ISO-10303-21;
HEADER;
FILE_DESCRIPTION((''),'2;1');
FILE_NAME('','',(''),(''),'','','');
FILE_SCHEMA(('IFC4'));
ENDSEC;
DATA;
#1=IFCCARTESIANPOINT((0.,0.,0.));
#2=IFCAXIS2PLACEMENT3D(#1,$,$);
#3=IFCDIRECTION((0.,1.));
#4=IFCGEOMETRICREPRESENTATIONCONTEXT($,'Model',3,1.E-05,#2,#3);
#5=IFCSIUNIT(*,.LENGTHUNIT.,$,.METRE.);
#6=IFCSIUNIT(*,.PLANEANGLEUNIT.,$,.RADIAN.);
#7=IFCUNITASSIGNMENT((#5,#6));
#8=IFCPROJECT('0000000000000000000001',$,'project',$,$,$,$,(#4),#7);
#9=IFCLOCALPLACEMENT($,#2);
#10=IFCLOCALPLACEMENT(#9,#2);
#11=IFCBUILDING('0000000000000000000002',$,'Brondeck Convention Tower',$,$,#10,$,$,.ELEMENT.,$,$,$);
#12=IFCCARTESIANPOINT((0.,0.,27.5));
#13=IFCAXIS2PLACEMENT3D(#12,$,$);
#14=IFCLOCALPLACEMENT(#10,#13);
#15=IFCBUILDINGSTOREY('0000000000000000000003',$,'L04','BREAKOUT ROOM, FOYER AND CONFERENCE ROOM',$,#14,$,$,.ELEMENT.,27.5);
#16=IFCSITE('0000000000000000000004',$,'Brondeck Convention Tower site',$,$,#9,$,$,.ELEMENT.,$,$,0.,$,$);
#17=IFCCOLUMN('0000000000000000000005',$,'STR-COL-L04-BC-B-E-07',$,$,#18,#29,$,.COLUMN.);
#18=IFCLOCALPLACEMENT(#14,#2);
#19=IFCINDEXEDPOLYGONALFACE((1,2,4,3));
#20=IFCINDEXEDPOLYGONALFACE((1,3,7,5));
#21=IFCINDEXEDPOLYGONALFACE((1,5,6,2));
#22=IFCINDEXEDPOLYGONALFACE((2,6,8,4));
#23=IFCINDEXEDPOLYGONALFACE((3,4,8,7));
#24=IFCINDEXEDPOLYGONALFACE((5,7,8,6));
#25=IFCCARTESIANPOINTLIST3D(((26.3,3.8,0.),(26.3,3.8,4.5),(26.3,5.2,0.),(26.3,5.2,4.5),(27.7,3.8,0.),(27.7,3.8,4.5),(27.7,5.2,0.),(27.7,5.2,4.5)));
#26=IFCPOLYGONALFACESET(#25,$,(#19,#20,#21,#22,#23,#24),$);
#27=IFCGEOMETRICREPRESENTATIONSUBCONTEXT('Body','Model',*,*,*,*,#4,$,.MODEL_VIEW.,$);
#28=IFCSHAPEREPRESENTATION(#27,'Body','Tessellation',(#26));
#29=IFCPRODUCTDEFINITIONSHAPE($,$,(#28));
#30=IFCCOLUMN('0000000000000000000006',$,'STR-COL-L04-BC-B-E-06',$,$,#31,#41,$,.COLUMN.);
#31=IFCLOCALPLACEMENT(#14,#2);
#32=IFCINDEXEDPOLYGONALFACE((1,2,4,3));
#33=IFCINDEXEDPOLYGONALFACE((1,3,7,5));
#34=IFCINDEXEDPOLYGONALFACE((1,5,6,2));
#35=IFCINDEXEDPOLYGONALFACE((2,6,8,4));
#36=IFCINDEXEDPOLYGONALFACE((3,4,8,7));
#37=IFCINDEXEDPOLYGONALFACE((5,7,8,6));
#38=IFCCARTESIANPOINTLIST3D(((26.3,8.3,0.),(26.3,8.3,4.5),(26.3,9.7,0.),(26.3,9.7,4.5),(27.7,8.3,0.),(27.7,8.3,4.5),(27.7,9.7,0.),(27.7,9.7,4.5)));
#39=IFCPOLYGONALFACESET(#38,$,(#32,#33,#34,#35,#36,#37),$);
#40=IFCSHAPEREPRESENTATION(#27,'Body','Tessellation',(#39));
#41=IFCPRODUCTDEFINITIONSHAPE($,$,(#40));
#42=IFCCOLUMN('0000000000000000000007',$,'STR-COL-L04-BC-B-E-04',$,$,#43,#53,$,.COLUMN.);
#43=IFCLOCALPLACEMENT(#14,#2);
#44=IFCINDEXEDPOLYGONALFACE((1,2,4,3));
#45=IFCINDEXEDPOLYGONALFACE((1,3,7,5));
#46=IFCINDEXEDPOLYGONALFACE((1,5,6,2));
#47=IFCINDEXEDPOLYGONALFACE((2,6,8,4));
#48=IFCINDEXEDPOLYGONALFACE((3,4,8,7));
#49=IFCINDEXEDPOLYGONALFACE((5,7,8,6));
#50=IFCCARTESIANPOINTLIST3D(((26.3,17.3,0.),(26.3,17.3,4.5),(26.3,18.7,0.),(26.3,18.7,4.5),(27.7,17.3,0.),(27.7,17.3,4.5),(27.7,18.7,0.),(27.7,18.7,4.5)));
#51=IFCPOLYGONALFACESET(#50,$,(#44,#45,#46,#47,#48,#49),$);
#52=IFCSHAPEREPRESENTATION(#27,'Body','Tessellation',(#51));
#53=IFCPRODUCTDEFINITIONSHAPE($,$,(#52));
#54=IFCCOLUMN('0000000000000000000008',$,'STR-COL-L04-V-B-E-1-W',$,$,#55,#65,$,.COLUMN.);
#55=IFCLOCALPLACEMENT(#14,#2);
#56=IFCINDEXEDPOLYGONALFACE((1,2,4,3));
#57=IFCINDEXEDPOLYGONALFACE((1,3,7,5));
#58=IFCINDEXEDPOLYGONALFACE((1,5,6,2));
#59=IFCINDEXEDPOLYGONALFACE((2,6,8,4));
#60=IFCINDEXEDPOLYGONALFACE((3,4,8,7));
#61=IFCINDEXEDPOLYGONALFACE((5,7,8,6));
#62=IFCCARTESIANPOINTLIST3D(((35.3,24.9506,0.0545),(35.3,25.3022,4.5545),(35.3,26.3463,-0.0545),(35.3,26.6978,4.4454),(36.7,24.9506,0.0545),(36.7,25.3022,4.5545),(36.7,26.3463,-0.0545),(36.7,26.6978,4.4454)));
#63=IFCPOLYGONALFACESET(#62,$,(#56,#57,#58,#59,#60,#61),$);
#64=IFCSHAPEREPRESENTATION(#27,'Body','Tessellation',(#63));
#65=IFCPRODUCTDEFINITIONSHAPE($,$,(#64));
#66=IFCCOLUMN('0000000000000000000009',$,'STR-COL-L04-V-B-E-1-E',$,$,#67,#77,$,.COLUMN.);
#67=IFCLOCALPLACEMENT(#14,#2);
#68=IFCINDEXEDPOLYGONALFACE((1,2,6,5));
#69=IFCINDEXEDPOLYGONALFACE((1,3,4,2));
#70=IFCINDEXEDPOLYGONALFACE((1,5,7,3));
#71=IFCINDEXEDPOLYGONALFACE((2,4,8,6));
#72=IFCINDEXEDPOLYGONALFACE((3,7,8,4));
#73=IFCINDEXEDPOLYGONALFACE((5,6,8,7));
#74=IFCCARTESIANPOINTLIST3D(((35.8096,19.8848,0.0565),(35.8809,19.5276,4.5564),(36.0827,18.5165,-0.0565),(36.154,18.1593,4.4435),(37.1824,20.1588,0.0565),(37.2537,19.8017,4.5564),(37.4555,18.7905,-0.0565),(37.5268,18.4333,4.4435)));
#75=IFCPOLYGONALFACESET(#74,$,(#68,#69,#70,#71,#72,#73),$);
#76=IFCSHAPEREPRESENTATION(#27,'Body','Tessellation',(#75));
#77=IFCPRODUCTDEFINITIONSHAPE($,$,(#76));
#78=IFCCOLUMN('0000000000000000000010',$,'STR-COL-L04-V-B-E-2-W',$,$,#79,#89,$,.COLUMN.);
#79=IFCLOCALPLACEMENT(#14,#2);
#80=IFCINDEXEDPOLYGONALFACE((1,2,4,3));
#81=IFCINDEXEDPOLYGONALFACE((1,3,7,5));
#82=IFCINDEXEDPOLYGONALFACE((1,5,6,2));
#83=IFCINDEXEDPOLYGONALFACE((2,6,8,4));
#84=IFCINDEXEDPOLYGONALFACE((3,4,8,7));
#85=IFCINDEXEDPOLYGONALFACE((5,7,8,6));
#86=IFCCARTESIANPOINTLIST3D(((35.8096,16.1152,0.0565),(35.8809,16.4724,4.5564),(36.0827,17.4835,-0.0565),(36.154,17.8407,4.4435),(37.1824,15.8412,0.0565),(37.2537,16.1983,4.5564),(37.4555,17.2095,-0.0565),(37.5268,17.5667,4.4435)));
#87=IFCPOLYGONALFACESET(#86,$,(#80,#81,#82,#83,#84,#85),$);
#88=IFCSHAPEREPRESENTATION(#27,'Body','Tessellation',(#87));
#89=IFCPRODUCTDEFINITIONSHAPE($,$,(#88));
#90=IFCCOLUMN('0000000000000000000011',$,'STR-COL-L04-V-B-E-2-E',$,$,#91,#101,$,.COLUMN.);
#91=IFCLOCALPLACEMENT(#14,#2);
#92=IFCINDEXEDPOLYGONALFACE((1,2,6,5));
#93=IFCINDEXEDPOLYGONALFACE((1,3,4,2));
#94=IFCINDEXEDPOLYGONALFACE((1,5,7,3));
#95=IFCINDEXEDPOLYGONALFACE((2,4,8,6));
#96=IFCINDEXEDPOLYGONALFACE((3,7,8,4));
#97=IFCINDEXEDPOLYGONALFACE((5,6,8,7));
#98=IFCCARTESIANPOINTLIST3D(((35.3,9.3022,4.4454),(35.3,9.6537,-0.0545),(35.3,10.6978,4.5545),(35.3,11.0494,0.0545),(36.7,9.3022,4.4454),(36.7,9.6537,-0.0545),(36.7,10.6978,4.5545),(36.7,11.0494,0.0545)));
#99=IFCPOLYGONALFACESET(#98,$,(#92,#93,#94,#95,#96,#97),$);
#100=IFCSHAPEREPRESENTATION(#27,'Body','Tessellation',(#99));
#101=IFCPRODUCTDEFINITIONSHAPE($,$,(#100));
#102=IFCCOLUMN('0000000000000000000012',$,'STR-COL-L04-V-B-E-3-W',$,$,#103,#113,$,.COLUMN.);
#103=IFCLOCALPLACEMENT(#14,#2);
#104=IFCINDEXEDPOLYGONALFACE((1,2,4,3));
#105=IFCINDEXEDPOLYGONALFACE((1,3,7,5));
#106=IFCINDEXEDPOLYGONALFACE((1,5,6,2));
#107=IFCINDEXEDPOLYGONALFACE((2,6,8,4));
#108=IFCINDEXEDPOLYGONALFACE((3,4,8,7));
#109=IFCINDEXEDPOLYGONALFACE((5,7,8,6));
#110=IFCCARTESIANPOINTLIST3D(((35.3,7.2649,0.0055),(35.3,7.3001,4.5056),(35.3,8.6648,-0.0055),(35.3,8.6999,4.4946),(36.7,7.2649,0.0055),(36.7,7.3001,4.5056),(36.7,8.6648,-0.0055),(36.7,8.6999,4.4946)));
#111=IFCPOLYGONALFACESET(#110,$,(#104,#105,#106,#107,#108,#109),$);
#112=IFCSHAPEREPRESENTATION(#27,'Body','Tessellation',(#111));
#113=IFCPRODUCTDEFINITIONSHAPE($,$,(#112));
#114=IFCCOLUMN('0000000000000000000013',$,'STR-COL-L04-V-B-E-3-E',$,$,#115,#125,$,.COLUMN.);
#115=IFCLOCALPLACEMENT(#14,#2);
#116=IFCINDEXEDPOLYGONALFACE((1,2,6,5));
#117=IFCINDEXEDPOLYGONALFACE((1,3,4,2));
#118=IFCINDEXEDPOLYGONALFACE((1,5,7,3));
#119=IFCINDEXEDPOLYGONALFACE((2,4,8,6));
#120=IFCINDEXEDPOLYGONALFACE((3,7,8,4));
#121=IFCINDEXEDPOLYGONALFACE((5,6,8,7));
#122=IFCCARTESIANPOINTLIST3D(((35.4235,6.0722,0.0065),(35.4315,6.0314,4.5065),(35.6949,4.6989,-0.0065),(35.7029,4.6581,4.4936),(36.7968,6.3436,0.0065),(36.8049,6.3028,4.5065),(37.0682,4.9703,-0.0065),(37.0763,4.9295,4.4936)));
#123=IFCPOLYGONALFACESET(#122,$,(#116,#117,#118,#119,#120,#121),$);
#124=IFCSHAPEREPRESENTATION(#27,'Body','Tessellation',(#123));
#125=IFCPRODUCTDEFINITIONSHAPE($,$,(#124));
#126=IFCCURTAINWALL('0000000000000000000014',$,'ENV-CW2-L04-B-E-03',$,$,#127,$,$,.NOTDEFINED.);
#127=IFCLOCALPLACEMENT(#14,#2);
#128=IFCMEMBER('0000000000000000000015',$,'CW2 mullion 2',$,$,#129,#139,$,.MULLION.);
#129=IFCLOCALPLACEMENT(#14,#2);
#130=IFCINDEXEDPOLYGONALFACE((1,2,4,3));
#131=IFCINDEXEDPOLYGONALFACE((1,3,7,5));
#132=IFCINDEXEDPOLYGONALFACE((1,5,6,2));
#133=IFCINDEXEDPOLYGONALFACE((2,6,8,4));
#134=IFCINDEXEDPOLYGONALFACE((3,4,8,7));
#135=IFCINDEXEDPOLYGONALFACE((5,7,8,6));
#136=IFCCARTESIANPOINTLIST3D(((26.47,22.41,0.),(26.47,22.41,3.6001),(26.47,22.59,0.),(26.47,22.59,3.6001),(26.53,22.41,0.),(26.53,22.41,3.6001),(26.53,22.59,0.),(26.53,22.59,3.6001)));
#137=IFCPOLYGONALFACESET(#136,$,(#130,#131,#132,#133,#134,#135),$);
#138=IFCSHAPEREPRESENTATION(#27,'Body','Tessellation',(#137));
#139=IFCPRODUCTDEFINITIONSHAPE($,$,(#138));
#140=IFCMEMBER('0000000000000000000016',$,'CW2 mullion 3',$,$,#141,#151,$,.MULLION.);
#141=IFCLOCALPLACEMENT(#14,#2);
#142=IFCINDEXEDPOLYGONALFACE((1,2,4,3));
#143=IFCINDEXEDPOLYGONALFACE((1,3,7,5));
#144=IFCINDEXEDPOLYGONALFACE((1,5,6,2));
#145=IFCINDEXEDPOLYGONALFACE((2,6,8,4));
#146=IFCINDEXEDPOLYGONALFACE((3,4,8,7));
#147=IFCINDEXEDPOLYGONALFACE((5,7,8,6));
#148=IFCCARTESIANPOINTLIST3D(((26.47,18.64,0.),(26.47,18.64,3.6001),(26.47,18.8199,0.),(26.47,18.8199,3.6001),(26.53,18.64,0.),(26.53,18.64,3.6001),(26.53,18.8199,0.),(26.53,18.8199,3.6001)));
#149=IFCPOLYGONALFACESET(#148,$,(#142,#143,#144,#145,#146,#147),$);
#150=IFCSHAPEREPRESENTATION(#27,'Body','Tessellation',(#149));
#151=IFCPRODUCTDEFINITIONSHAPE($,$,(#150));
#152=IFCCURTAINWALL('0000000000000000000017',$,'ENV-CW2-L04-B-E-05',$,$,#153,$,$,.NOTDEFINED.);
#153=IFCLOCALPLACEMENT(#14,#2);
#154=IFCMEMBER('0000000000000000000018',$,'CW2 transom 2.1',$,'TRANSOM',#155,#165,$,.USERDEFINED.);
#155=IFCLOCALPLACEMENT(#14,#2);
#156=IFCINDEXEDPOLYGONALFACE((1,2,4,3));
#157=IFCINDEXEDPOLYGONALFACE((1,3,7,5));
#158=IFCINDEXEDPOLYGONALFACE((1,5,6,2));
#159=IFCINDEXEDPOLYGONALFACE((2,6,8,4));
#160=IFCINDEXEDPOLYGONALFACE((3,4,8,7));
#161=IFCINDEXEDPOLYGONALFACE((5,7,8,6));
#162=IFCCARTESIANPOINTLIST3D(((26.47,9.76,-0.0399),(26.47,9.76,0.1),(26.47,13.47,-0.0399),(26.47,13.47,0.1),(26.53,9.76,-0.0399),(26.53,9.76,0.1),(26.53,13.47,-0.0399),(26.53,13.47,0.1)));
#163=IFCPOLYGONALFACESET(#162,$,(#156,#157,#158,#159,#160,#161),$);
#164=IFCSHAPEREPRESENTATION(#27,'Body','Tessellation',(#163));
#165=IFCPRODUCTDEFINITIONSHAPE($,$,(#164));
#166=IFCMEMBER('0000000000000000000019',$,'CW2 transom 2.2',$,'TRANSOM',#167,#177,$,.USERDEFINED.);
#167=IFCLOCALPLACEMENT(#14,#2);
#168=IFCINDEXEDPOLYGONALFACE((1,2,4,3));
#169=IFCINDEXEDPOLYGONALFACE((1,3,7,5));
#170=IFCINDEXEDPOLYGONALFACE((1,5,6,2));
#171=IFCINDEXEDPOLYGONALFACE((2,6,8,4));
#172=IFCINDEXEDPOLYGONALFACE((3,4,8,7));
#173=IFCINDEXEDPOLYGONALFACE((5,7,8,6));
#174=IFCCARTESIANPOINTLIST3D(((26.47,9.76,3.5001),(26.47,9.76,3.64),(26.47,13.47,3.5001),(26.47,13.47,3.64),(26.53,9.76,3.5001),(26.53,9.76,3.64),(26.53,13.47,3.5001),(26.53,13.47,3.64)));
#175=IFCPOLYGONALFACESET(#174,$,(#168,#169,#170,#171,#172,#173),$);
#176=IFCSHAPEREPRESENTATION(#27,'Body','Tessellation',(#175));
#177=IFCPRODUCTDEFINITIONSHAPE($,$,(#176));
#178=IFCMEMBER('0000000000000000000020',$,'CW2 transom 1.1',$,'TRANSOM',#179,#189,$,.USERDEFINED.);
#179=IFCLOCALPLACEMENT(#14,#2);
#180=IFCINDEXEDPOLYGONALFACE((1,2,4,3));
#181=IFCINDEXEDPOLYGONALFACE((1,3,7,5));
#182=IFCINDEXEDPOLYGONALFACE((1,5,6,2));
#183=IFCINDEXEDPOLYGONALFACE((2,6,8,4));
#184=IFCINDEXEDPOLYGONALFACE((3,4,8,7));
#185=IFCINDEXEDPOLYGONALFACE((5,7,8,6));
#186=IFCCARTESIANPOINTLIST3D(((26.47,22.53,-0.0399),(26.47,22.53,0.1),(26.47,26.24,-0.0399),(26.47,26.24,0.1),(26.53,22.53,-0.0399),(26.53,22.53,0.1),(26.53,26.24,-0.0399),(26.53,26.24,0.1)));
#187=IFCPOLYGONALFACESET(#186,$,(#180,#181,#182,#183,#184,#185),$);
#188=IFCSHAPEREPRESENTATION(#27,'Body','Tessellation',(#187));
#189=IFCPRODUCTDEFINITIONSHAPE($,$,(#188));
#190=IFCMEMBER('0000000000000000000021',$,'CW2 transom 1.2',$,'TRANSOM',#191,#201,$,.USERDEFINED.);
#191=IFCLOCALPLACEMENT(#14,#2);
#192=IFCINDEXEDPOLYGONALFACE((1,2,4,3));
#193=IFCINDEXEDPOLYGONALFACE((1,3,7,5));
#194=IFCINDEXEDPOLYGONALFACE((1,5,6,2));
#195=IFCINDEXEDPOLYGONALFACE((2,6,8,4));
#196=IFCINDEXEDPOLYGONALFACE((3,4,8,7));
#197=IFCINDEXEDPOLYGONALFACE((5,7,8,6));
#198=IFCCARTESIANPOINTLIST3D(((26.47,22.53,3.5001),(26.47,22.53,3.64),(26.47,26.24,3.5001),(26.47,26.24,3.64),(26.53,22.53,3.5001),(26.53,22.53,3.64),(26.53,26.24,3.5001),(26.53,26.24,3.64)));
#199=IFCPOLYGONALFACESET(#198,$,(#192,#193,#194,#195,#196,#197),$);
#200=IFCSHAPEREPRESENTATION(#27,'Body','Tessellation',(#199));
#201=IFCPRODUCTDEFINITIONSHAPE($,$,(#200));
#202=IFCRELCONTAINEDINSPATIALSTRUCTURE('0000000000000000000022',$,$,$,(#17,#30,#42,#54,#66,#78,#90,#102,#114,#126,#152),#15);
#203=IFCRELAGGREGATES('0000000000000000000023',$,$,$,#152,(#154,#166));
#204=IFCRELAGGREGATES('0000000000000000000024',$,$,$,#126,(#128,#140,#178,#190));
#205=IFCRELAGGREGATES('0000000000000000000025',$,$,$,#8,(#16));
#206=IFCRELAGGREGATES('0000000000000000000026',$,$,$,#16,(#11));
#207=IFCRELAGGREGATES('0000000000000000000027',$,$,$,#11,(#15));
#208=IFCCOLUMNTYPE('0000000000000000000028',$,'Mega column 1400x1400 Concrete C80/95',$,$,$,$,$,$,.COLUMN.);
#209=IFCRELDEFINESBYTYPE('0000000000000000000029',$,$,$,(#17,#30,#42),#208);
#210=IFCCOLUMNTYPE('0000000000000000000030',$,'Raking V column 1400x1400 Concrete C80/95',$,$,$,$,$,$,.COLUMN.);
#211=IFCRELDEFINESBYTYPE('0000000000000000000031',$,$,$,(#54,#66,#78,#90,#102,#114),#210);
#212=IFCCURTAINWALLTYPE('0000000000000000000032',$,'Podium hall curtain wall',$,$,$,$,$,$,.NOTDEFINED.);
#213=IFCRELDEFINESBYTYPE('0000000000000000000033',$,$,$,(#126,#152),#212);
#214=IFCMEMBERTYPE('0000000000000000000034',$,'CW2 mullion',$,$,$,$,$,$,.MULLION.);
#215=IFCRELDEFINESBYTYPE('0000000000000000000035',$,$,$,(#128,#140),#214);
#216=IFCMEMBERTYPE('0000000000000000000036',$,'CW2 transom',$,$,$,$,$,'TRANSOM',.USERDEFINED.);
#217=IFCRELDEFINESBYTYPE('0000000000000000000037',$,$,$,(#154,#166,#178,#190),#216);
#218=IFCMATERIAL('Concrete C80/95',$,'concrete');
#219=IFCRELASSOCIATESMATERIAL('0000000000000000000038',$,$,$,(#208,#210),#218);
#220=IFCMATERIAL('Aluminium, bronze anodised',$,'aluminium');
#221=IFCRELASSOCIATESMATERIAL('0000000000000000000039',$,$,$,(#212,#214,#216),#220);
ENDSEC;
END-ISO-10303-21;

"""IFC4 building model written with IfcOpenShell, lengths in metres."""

from ifc_helpers import new_model, si_unit, direction, frame, origin, origin_2d, place, context, subcontext, project, spatial, rectangle, extrude, material, material_profile, profile_set, type_object, element, aggregate, save


model = new_model("IFC4")

# Units and contexts
model_context = context("Model", 3, precision=1e-05, world=origin(), true_north=direction((0.0, 1.0)))
body_context = subcontext(model_context, "Body", "Model", "MODEL_VIEW")
ifc_project = project(units=[si_unit("LENGTHUNIT", "METRE"), si_unit("PLANEANGLEUNIT", "RADIAN")], contexts=[model_context])

# Site, building, storey
site_placement = place(None, origin())
site = spatial("IfcSite", under=ifc_project, at=site_placement, Name="Brondeck Convention Tower site", CompositionType="ELEMENT", RefElevation=0.0)
building_placement = place(site_placement, origin())
building = spatial("IfcBuilding", under=site, at=building_placement, Name="Brondeck Convention Tower", CompositionType="ELEMENT")
storey_placement = place(building_placement, frame((0.0, 0.0, 27.5)))
storey = spatial("IfcBuildingStorey", under=building, at=storey_placement, Name="L04", Description="BREAKOUT ROOM, FOYER AND CONFERENCE ROOM", CompositionType="ELEMENT", Elevation=27.5)

# Columns
ifc_material_1 = material(Name="Concrete C80/95", Category="concrete")
ifc_material_profile_1 = material_profile(ifc_material_1, rectangle(XDim=1.3999, YDim=1.3999, at=origin_2d()), Name="Mega column 1400x1400 Concrete C80/95")
ifc_profile_set_1 = profile_set([ifc_material_profile_1], Name="Concrete C80/95")
column_type_1 = type_object("IfcColumnType", Name="Mega column 1400x1400 Concrete C80/95", PredefinedType="COLUMN", material=ifc_profile_set_1)
for number, where, z_axis, x_axis, name in (
    (1, (27.0, 4.5, 0.0), (0.0, 0.0, 1.0), (1.0, 0.0, 0.0), "STR-COL-L04-BC-B-E-07"),
    (2, (27.0, 9.0, 0.0), (0.0, 0.0, 1.0), (1.0, 0.0, 0.0), "STR-COL-L04-BC-B-E-06"),
    (3, (27.0, 18.0, 0.0), (0.0, 0.0, 1.0), (1.0, 0.0, 0.0), "STR-COL-L04-BC-B-E-04"),
):
    element("IfcColumn", number, at=place(storey_placement, frame(where, z_axis=z_axis, x_axis=x_axis)), inside=storey, type_object=column_type_1, Name=name, PredefinedType="COLUMN", context=body_context, shape_type="SweptSolid", body=[
        extrude(rectangle(XDim=1.3999, YDim=1.3999, at=origin_2d()), origin(), (0.0, 0.0, 1.0), 4.5),
    ])
ifc_material_profile_2 = material_profile(ifc_material_1, rectangle(XDim=1.3999, YDim=1.3999, at=origin_2d()), Name="Raking V column 1400x1400 Concrete C80/95")
ifc_profile_set_2 = profile_set([ifc_material_profile_2], Name="Concrete C80/95")
column_type_2 = type_object("IfcColumnType", Name="Raking V column 1400x1400 Concrete C80/95", PredefinedType="COLUMN", material=ifc_profile_set_2)
column_1_placement = place(storey_placement, frame((36.0, 25.6484, 0.0), z_axis=(0.0, 0.077888, 0.996962), x_axis=(-1.0, 0.0, 0.0)))
element("IfcColumn", 4, at=column_1_placement, inside=storey, type_object=column_type_2, Name="STR-COL-L04-V-B-E-1-W", PredefinedType="COLUMN", context=body_context, shape_type="SweptSolid", body=[
    extrude(rectangle(XDim=1.3999, YDim=1.3999, at=origin_2d()), origin(), (0.0, 0.0, 1.0), 4.5137),
])
for number, where, z_axis, x_axis, name in (
    (5, (36.6326, 19.3376, 0.0), (0.01579, -0.079114, 0.99674), (0.980658, 0.195729, 0.0), "STR-COL-L04-V-B-E-1-E"),
    (6, (36.6326, 16.6624, 0.0), (0.01579, 0.079114, 0.99674), (-0.980658, 0.195729, 0.0), "STR-COL-L04-V-B-E-2-W"),
):
    element("IfcColumn", number, at=place(storey_placement, frame(where, z_axis=z_axis, x_axis=x_axis)), inside=storey, type_object=column_type_2, Name=name, PredefinedType="COLUMN", context=body_context, shape_type="SweptSolid", body=[
        extrude(rectangle(XDim=1.3999, YDim=1.3999, at=origin_2d()), origin(), (0.0, 0.0, 1.0), 4.5146),
    ])
column_2_placement = place(storey_placement, frame((36.0, 10.3516, 0.0), z_axis=(0.0, -0.077888, 0.996962), x_axis=(1.0, 0.0, 0.0)))
element("IfcColumn", 7, at=column_2_placement, inside=storey, type_object=column_type_2, Name="STR-COL-L04-V-B-E-2-E", PredefinedType="COLUMN", context=body_context, shape_type="SweptSolid", body=[
    extrude(rectangle(XDim=1.3999, YDim=1.3999, at=origin_2d()), origin(), (0.0, 0.0, 1.0), 4.5137),
])
for number, where, z_axis, x_axis, name in (
    (8, (36.0, 7.9648, 0.0), (0.0, 0.007812, 0.999969), (-1.0, 0.0, 0.0), "STR-COL-L04-V-B-E-3-W"),
    (9, (36.2458, 5.5212, 0.0), (0.00179, -0.00906, 0.999957), (0.98103, 0.193856, 0.0), "STR-COL-L04-V-B-E-3-E"),
):
    element("IfcColumn", number, at=place(storey_placement, frame(where, z_axis=z_axis, x_axis=x_axis)), inside=storey, type_object=column_type_2, Name=name, PredefinedType="COLUMN", context=body_context, shape_type="SweptSolid", body=[
        extrude(rectangle(XDim=1.3999, YDim=1.3999, at=origin_2d()), origin(), (0.0, 0.0, 1.0), 4.5002),
    ])

# Curtain walls, members
ifc_material_2 = material(Name="Aluminium, bronze anodised", Category="aluminium")
curtain_wall_type = type_object("IfcCurtainWallType", Name="Podium hall curtain wall", PredefinedType="NOTDEFINED", material=ifc_material_2)
curtain_wall_1_placement = place(storey_placement, origin())
curtain_wall_1 = element("IfcCurtainWall", 10, at=curtain_wall_1_placement, inside=storey, type_object=curtain_wall_type, Name="ENV-CW2-L04-B-E-03", PredefinedType="NOTDEFINED")
ifc_material_profile_3 = material_profile(ifc_material_2, rectangle(XDim=0.0601, YDim=0.1799, at=origin_2d()), Name="CW2 mullion")
ifc_profile_set_3 = profile_set([ifc_material_profile_3], Name="Aluminium, bronze anodised")
member_type_1 = type_object("IfcMemberType", Name="CW2 mullion", PredefinedType="MULLION", material=ifc_profile_set_3)
member_1_placement = place(storey_placement, frame((26.5, 22.5, 0.0), z_axis=(0.0, 0.0, 1.0), x_axis=(1.0, 0.0, 0.0)))
member_1 = element("IfcMember", 11, at=member_1_placement, type_object=member_type_1, Name="CW2 mullion 2", PredefinedType="MULLION", context=body_context, shape_type="SweptSolid", body=[
    extrude(rectangle(XDim=0.0601, YDim=0.1799, at=origin_2d()), origin(), (0.0, 0.0, 1.0), 3.6001),
])
member_2_placement = place(storey_placement, frame((26.5, 18.73, 0.0), z_axis=(0.0, 0.0, 1.0), x_axis=(1.0, 0.0, 0.0)))
member_2 = element("IfcMember", 12, at=member_2_placement, type_object=member_type_1, Name="CW2 mullion 3", PredefinedType="MULLION", context=body_context, shape_type="SweptSolid", body=[
    extrude(rectangle(XDim=0.0601, YDim=0.1799, at=origin_2d()), origin(), (0.0, 0.0, 1.0), 3.6001),
])
curtain_wall_2_placement = place(storey_placement, origin())
curtain_wall_2 = element("IfcCurtainWall", 13, at=curtain_wall_2_placement, inside=storey, type_object=curtain_wall_type, Name="ENV-CW2-L04-B-E-05", PredefinedType="NOTDEFINED")
ifc_material_profile_4 = material_profile(ifc_material_2, rectangle(XDim=0.0601, YDim=0.1399, at=origin_2d()), Name="CW2 transom")
ifc_profile_set_4 = profile_set([ifc_material_profile_4], Name="Aluminium, bronze anodised")
member_type_2 = type_object("IfcMemberType", Name="CW2 transom", ElementType="TRANSOM", PredefinedType="USERDEFINED", material=ifc_profile_set_4)
member_3_placement = place(storey_placement, frame((26.5, 13.47, 0.03), z_axis=(0.0, -1.0, 0.0), x_axis=(1.0, 0.0, 0.0)))
member_3 = element("IfcMember", 14, at=member_3_placement, type_object=member_type_2, Name="CW2 transom 2.1", ObjectType="TRANSOM", PredefinedType="USERDEFINED", context=body_context, shape_type="SweptSolid", body=[
    extrude(rectangle(XDim=0.0601, YDim=0.1399, at=origin_2d()), origin(), (0.0, 0.0, 1.0), 3.71),
])
member_4_placement = place(storey_placement, frame((26.5, 13.47, 3.5701), z_axis=(0.0, -1.0, 0.0), x_axis=(1.0, 0.0, 0.0)))
member_4 = element("IfcMember", 15, at=member_4_placement, type_object=member_type_2, Name="CW2 transom 2.2", ObjectType="TRANSOM", PredefinedType="USERDEFINED", context=body_context, shape_type="SweptSolid", body=[
    extrude(rectangle(XDim=0.0601, YDim=0.1399, at=origin_2d()), origin(), (0.0, 0.0, 1.0), 3.71),
])

# Members
member_5_placement = place(storey_placement, frame((26.5, 26.24, 0.03), z_axis=(0.0, -1.0, 0.0), x_axis=(1.0, 0.0, 0.0)))
member_5 = element("IfcMember", 16, at=member_5_placement, type_object=member_type_2, Name="CW2 transom 1.1", ObjectType="TRANSOM", PredefinedType="USERDEFINED", context=body_context, shape_type="SweptSolid", body=[
    extrude(rectangle(XDim=0.0601, YDim=0.1399, at=origin_2d()), origin(), (0.0, 0.0, 1.0), 3.71),
])
member_6_placement = place(storey_placement, frame((26.5, 26.24, 3.5701), z_axis=(0.0, -1.0, 0.0), x_axis=(1.0, 0.0, 0.0)))
member_6 = element("IfcMember", 17, at=member_6_placement, type_object=member_type_2, Name="CW2 transom 1.2", ObjectType="TRANSOM", PredefinedType="USERDEFINED", context=body_context, shape_type="SweptSolid", body=[
    extrude(rectangle(XDim=0.0601, YDim=0.1399, at=origin_2d()), origin(), (0.0, 0.0, 1.0), 3.71),
])

aggregate(curtain_wall_2, [member_3, member_4])
aggregate(curtain_wall_1, [member_1, member_2, member_5, member_6])

save(model, "model.ifc")
